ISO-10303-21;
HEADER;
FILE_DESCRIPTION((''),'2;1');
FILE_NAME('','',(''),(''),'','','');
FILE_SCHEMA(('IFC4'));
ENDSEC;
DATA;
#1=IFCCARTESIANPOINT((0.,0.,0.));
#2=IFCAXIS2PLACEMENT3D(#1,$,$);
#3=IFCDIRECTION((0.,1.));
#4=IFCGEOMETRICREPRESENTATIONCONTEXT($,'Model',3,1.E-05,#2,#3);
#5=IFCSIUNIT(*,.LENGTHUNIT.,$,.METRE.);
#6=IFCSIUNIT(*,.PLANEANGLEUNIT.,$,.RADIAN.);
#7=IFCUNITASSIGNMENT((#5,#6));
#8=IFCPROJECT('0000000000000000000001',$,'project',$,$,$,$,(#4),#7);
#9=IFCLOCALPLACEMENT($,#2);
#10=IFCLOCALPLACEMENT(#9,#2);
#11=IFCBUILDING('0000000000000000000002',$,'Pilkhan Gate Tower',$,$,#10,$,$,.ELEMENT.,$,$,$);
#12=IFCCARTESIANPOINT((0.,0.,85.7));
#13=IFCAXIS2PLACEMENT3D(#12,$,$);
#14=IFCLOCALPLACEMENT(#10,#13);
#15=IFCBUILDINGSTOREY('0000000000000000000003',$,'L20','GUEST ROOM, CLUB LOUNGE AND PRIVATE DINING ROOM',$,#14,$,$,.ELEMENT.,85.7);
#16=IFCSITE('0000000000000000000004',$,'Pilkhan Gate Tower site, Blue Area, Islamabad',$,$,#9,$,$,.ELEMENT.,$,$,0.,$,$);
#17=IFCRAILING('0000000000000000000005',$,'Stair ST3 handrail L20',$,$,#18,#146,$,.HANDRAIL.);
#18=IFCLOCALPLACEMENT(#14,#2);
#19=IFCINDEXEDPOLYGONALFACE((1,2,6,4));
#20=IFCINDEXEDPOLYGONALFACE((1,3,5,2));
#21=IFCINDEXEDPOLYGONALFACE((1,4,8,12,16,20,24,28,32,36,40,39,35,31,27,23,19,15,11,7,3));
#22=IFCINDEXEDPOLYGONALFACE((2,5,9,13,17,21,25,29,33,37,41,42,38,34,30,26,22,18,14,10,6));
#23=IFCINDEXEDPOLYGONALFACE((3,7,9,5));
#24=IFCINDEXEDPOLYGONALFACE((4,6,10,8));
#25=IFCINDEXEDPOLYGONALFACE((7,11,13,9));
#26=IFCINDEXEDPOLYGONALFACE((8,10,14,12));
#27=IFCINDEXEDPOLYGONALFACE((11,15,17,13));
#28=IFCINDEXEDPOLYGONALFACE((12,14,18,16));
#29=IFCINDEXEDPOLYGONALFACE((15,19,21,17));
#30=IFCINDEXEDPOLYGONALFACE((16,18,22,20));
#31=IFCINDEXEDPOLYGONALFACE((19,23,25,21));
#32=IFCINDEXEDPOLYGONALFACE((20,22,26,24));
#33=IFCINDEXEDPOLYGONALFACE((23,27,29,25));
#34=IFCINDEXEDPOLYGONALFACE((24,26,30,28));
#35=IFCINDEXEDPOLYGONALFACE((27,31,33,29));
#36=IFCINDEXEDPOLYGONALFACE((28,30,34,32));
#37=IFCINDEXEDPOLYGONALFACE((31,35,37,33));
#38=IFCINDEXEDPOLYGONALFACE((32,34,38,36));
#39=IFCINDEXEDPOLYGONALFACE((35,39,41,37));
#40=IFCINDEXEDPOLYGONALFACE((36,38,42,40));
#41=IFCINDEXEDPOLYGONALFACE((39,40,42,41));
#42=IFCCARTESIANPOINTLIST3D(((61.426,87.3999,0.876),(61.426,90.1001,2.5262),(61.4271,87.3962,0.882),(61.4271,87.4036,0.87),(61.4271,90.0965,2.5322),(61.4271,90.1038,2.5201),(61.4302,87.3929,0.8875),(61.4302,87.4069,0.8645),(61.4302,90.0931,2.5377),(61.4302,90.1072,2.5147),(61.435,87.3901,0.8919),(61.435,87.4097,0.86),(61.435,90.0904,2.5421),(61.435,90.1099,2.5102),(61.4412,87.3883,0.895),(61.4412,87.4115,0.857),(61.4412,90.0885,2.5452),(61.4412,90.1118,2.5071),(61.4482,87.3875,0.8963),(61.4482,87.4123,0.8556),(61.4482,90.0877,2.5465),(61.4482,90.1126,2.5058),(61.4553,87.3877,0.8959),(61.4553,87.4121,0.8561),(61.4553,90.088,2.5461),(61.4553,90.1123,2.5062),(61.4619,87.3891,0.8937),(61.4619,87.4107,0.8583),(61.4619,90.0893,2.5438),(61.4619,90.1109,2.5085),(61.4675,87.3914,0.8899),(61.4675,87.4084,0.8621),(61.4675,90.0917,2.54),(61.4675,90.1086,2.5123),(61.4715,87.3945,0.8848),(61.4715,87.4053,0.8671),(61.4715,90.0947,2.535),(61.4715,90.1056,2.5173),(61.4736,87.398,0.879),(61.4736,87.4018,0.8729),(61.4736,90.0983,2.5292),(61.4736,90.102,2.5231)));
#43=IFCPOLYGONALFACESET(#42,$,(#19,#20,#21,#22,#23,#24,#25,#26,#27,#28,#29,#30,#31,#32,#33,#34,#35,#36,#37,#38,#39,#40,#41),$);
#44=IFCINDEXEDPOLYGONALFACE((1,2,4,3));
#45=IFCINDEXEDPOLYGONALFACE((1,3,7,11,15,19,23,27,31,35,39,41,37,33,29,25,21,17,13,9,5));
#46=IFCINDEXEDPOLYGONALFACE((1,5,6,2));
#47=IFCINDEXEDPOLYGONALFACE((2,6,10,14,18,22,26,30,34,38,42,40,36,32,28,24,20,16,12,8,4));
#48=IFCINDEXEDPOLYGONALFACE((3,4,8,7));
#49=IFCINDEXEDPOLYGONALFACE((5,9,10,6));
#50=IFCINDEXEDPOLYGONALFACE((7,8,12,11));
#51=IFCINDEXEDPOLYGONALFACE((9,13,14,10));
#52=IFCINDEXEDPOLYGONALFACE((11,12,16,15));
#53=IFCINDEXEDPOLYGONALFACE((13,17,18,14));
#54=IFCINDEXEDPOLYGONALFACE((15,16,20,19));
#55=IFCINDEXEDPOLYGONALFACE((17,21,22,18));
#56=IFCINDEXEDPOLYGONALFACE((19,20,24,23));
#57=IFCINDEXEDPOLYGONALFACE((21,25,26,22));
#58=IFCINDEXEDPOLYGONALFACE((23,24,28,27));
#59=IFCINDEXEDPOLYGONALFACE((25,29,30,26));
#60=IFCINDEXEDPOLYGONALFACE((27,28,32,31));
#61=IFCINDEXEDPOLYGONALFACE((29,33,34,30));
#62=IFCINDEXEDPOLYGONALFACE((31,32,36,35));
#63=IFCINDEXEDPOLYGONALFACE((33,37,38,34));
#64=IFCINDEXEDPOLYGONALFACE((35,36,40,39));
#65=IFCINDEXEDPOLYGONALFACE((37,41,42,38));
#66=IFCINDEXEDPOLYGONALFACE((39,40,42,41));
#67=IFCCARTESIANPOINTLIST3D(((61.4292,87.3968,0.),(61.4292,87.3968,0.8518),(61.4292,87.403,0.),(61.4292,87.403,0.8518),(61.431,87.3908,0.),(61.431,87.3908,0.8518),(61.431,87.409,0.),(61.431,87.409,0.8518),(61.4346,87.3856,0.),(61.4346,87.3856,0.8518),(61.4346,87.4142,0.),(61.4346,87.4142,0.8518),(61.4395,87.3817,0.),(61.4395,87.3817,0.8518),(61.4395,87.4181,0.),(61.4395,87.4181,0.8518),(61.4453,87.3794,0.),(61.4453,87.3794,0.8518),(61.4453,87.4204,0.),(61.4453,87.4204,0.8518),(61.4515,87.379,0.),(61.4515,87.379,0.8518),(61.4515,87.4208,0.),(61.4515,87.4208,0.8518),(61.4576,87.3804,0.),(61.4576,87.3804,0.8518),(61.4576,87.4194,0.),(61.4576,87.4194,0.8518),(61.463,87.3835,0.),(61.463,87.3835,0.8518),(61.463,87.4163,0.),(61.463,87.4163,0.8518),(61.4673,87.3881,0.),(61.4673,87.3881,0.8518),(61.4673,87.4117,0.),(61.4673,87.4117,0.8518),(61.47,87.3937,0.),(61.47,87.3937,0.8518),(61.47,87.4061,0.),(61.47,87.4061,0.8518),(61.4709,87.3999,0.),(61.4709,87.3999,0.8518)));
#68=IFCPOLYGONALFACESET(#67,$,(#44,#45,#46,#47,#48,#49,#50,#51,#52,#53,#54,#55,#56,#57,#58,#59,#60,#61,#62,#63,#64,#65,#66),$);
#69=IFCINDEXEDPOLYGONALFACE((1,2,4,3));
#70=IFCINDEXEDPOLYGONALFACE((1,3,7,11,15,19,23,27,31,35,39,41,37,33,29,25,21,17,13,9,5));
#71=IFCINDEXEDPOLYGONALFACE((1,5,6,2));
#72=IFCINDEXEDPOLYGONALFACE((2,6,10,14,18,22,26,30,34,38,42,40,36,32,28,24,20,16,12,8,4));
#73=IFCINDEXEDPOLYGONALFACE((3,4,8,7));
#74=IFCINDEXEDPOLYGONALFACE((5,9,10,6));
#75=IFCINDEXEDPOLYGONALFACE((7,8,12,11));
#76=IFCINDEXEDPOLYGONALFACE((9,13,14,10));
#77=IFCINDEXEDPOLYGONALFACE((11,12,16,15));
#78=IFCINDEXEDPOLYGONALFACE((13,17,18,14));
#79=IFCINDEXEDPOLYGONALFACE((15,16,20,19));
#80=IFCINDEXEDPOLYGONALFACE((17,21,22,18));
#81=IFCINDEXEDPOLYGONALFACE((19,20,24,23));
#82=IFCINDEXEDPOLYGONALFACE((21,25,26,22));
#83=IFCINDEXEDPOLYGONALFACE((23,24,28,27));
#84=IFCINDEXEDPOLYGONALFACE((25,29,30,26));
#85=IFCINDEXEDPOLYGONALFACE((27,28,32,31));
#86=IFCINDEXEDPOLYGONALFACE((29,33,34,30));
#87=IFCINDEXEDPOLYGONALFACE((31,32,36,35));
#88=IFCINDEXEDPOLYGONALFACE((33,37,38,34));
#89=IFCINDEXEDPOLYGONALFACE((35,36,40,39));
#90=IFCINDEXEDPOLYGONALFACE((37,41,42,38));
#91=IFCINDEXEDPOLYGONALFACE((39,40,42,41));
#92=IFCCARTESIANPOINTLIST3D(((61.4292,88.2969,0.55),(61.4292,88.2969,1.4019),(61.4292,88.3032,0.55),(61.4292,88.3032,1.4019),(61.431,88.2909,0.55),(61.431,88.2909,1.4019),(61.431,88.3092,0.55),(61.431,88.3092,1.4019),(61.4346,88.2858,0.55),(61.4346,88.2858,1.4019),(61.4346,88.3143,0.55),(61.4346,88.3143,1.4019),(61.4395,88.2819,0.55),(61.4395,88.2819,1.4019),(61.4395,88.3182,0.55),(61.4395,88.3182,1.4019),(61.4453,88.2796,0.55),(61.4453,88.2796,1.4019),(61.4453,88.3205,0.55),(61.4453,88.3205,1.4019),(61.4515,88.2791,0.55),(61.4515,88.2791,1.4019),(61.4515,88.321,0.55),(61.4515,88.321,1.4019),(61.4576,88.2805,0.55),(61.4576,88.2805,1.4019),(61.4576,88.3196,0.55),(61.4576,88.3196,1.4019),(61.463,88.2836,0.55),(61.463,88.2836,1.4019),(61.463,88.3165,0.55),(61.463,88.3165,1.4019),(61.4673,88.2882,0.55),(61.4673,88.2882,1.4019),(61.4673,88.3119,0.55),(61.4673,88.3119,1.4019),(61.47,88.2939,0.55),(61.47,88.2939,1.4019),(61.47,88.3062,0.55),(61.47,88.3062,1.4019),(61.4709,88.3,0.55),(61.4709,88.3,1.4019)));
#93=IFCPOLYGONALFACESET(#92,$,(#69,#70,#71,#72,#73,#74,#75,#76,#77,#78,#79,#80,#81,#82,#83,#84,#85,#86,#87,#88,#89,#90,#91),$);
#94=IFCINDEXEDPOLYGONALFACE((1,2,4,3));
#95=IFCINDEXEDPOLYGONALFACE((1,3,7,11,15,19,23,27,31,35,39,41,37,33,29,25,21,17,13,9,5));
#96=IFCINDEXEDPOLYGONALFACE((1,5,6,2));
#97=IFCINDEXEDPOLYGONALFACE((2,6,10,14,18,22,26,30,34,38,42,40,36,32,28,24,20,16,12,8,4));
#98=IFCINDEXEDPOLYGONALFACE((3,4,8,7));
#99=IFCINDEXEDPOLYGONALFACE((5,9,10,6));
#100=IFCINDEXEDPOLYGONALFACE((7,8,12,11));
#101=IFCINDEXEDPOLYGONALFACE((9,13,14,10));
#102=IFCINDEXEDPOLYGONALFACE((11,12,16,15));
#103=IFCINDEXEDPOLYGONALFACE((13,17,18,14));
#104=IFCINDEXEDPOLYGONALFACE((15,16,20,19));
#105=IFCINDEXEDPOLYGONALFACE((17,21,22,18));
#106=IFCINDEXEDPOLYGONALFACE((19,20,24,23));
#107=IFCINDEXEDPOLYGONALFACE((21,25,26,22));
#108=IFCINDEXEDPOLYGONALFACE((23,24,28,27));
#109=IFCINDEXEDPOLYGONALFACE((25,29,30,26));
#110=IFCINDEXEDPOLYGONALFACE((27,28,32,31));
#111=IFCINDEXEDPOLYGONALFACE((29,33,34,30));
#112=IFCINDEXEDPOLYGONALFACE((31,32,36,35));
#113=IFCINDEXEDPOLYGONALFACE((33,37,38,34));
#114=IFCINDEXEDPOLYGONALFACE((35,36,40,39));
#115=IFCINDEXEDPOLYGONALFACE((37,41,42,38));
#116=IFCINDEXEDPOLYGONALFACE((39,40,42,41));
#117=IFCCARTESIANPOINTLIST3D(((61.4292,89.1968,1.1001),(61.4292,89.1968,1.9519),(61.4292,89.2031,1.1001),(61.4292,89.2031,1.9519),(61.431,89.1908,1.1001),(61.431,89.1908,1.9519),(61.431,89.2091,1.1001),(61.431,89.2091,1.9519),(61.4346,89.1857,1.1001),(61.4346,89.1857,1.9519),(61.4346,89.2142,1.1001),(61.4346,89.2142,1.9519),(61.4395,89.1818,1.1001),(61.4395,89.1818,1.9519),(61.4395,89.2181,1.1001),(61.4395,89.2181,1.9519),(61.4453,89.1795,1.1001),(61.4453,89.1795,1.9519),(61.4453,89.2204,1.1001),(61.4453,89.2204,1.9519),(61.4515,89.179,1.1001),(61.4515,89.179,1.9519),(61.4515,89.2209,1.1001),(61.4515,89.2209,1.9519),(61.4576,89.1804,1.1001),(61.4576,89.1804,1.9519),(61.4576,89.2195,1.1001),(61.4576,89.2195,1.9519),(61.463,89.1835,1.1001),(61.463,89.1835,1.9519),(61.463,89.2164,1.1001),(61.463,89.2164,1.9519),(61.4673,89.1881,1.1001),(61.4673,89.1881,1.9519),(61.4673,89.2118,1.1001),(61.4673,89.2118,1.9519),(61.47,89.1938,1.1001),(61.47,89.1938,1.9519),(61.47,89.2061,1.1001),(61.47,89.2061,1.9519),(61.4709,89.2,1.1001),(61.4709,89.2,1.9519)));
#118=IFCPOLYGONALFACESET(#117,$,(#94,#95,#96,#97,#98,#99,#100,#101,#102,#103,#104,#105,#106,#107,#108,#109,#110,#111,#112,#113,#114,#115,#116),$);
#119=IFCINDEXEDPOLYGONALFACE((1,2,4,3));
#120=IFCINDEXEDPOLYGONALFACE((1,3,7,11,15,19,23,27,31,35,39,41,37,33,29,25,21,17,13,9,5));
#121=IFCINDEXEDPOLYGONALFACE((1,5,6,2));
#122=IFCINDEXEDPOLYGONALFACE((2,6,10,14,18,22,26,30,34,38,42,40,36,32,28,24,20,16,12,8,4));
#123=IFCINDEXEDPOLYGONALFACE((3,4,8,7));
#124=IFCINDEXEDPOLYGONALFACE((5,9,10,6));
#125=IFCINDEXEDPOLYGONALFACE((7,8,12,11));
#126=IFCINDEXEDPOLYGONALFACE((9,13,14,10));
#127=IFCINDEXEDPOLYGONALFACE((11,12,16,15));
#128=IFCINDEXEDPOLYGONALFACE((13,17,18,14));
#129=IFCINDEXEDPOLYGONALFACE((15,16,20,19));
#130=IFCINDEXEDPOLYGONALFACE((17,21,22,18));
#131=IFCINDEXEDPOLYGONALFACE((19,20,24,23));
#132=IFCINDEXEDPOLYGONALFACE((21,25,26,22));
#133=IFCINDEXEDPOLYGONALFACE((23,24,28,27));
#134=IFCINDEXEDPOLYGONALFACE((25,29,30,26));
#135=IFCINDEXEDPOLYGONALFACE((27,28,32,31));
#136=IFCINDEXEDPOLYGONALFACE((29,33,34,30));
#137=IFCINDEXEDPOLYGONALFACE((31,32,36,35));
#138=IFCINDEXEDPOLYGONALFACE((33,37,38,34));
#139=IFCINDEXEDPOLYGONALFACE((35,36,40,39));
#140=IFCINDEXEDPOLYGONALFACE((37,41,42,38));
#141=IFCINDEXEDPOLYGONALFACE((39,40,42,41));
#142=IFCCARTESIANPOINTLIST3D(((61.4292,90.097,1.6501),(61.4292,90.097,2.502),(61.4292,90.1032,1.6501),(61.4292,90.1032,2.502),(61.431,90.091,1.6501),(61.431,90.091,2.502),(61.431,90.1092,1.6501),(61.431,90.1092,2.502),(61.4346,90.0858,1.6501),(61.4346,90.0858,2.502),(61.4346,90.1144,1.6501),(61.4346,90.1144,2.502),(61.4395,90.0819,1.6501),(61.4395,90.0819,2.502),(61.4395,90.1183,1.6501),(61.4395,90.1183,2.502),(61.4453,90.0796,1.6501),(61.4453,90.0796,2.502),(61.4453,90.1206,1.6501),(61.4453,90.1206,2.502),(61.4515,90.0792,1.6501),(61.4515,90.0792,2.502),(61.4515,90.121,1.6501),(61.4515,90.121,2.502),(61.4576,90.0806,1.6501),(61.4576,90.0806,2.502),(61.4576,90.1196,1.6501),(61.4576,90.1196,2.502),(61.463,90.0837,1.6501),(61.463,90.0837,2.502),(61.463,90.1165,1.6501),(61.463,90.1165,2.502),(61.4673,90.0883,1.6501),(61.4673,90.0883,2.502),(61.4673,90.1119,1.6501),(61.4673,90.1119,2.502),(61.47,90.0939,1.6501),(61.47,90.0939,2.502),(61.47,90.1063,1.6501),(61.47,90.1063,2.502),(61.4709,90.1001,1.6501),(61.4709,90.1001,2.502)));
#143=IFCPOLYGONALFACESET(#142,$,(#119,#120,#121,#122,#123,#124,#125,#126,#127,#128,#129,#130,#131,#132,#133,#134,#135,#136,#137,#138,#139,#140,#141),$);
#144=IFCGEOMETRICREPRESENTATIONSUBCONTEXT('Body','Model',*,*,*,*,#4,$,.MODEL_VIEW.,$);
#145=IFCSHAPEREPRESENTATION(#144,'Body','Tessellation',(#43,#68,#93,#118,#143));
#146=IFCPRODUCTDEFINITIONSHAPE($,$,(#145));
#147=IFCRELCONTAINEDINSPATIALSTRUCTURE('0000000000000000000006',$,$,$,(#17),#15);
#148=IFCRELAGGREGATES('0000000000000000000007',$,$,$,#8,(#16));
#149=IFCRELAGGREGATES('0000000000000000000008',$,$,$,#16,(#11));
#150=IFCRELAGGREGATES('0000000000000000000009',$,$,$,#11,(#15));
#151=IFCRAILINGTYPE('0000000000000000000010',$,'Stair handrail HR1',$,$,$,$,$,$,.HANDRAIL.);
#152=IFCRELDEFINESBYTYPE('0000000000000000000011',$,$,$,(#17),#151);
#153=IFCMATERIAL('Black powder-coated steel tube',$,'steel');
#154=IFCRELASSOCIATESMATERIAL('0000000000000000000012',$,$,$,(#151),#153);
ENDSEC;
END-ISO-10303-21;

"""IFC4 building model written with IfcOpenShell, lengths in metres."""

from ifc_helpers import new_model, si_unit, direction, frame, origin, origin_2d, place, context, subcontext, project, spatial, circle, extrude, material, type_object, element, save


model = new_model("IFC4")

# Units and contexts
model_context = context("Model", 3, precision=1e-05, world=origin(), true_north=direction((0.0, 1.0)))
body_context = subcontext(model_context, "Body", "Model", "MODEL_VIEW")
ifc_project = project(units=[si_unit("LENGTHUNIT", "METRE"), si_unit("PLANEANGLEUNIT", "RADIAN")], contexts=[model_context])

# Site, building, storey
site_placement = place(None, origin())
site = spatial("IfcSite", under=ifc_project, at=site_placement, Name="Pilkhan Gate Tower site, Blue Area, Islamabad", CompositionType="ELEMENT", RefElevation=0.0)
building_placement = place(site_placement, origin())
building = spatial("IfcBuilding", under=site, at=building_placement, Name="Pilkhan Gate Tower", CompositionType="ELEMENT")
storey_placement = place(building_placement, frame((0.0, 0.0, 85.7)))
storey = spatial("IfcBuildingStorey", under=building, at=storey_placement, Name="L20", Description="GUEST ROOM, CLUB LOUNGE AND PRIVATE DINING ROOM", CompositionType="ELEMENT", Elevation=85.7)

# Railing
ifc_material_1 = material(Name="Black powder-coated steel tube", Category="steel")
railing_type_1 = type_object("IfcRailingType", Name="Stair handrail HR1", PredefinedType="HANDRAIL", material=ifc_material_1)
railing_1_placement = place(storey_placement, frame((61.45, 87.3999, 0.0)))
element("IfcRailing", 1, at=railing_1_placement, inside=storey, type_object=railing_type_1, Name="Stair ST3 handrail L20", PredefinedType="HANDRAIL", context=body_context, shape_type="SweptSolid", body=[
    extrude(circle(Radius=0.0239, at=origin_2d()), frame((0.0, 0.0, 0.876), z_axis=(0.0, 0.853278, 0.521456), x_axis=(-1.0, 0.0, 0.0)), (0.0, 0.0, 1.0), 3.1646),
    extrude(circle(Radius=0.021, at=origin_2d()), origin(), (0.0, 0.0, 1.0), 0.8518),
    extrude(circle(Radius=0.021, at=origin_2d()), frame((0.0, 0.9001, 0.55)), (0.0, 0.0, 1.0), 0.8518),
    extrude(circle(Radius=0.021, at=origin_2d()), frame((0.0, 1.8, 1.1001)), (0.0, 0.0, 1.0), 0.8518),
    extrude(circle(Radius=0.021, at=origin_2d()), frame((0.0, 2.7002, 1.6501)), (0.0, 0.0, 1.0), 0.8518),
])

save(model, "model.ifc")
